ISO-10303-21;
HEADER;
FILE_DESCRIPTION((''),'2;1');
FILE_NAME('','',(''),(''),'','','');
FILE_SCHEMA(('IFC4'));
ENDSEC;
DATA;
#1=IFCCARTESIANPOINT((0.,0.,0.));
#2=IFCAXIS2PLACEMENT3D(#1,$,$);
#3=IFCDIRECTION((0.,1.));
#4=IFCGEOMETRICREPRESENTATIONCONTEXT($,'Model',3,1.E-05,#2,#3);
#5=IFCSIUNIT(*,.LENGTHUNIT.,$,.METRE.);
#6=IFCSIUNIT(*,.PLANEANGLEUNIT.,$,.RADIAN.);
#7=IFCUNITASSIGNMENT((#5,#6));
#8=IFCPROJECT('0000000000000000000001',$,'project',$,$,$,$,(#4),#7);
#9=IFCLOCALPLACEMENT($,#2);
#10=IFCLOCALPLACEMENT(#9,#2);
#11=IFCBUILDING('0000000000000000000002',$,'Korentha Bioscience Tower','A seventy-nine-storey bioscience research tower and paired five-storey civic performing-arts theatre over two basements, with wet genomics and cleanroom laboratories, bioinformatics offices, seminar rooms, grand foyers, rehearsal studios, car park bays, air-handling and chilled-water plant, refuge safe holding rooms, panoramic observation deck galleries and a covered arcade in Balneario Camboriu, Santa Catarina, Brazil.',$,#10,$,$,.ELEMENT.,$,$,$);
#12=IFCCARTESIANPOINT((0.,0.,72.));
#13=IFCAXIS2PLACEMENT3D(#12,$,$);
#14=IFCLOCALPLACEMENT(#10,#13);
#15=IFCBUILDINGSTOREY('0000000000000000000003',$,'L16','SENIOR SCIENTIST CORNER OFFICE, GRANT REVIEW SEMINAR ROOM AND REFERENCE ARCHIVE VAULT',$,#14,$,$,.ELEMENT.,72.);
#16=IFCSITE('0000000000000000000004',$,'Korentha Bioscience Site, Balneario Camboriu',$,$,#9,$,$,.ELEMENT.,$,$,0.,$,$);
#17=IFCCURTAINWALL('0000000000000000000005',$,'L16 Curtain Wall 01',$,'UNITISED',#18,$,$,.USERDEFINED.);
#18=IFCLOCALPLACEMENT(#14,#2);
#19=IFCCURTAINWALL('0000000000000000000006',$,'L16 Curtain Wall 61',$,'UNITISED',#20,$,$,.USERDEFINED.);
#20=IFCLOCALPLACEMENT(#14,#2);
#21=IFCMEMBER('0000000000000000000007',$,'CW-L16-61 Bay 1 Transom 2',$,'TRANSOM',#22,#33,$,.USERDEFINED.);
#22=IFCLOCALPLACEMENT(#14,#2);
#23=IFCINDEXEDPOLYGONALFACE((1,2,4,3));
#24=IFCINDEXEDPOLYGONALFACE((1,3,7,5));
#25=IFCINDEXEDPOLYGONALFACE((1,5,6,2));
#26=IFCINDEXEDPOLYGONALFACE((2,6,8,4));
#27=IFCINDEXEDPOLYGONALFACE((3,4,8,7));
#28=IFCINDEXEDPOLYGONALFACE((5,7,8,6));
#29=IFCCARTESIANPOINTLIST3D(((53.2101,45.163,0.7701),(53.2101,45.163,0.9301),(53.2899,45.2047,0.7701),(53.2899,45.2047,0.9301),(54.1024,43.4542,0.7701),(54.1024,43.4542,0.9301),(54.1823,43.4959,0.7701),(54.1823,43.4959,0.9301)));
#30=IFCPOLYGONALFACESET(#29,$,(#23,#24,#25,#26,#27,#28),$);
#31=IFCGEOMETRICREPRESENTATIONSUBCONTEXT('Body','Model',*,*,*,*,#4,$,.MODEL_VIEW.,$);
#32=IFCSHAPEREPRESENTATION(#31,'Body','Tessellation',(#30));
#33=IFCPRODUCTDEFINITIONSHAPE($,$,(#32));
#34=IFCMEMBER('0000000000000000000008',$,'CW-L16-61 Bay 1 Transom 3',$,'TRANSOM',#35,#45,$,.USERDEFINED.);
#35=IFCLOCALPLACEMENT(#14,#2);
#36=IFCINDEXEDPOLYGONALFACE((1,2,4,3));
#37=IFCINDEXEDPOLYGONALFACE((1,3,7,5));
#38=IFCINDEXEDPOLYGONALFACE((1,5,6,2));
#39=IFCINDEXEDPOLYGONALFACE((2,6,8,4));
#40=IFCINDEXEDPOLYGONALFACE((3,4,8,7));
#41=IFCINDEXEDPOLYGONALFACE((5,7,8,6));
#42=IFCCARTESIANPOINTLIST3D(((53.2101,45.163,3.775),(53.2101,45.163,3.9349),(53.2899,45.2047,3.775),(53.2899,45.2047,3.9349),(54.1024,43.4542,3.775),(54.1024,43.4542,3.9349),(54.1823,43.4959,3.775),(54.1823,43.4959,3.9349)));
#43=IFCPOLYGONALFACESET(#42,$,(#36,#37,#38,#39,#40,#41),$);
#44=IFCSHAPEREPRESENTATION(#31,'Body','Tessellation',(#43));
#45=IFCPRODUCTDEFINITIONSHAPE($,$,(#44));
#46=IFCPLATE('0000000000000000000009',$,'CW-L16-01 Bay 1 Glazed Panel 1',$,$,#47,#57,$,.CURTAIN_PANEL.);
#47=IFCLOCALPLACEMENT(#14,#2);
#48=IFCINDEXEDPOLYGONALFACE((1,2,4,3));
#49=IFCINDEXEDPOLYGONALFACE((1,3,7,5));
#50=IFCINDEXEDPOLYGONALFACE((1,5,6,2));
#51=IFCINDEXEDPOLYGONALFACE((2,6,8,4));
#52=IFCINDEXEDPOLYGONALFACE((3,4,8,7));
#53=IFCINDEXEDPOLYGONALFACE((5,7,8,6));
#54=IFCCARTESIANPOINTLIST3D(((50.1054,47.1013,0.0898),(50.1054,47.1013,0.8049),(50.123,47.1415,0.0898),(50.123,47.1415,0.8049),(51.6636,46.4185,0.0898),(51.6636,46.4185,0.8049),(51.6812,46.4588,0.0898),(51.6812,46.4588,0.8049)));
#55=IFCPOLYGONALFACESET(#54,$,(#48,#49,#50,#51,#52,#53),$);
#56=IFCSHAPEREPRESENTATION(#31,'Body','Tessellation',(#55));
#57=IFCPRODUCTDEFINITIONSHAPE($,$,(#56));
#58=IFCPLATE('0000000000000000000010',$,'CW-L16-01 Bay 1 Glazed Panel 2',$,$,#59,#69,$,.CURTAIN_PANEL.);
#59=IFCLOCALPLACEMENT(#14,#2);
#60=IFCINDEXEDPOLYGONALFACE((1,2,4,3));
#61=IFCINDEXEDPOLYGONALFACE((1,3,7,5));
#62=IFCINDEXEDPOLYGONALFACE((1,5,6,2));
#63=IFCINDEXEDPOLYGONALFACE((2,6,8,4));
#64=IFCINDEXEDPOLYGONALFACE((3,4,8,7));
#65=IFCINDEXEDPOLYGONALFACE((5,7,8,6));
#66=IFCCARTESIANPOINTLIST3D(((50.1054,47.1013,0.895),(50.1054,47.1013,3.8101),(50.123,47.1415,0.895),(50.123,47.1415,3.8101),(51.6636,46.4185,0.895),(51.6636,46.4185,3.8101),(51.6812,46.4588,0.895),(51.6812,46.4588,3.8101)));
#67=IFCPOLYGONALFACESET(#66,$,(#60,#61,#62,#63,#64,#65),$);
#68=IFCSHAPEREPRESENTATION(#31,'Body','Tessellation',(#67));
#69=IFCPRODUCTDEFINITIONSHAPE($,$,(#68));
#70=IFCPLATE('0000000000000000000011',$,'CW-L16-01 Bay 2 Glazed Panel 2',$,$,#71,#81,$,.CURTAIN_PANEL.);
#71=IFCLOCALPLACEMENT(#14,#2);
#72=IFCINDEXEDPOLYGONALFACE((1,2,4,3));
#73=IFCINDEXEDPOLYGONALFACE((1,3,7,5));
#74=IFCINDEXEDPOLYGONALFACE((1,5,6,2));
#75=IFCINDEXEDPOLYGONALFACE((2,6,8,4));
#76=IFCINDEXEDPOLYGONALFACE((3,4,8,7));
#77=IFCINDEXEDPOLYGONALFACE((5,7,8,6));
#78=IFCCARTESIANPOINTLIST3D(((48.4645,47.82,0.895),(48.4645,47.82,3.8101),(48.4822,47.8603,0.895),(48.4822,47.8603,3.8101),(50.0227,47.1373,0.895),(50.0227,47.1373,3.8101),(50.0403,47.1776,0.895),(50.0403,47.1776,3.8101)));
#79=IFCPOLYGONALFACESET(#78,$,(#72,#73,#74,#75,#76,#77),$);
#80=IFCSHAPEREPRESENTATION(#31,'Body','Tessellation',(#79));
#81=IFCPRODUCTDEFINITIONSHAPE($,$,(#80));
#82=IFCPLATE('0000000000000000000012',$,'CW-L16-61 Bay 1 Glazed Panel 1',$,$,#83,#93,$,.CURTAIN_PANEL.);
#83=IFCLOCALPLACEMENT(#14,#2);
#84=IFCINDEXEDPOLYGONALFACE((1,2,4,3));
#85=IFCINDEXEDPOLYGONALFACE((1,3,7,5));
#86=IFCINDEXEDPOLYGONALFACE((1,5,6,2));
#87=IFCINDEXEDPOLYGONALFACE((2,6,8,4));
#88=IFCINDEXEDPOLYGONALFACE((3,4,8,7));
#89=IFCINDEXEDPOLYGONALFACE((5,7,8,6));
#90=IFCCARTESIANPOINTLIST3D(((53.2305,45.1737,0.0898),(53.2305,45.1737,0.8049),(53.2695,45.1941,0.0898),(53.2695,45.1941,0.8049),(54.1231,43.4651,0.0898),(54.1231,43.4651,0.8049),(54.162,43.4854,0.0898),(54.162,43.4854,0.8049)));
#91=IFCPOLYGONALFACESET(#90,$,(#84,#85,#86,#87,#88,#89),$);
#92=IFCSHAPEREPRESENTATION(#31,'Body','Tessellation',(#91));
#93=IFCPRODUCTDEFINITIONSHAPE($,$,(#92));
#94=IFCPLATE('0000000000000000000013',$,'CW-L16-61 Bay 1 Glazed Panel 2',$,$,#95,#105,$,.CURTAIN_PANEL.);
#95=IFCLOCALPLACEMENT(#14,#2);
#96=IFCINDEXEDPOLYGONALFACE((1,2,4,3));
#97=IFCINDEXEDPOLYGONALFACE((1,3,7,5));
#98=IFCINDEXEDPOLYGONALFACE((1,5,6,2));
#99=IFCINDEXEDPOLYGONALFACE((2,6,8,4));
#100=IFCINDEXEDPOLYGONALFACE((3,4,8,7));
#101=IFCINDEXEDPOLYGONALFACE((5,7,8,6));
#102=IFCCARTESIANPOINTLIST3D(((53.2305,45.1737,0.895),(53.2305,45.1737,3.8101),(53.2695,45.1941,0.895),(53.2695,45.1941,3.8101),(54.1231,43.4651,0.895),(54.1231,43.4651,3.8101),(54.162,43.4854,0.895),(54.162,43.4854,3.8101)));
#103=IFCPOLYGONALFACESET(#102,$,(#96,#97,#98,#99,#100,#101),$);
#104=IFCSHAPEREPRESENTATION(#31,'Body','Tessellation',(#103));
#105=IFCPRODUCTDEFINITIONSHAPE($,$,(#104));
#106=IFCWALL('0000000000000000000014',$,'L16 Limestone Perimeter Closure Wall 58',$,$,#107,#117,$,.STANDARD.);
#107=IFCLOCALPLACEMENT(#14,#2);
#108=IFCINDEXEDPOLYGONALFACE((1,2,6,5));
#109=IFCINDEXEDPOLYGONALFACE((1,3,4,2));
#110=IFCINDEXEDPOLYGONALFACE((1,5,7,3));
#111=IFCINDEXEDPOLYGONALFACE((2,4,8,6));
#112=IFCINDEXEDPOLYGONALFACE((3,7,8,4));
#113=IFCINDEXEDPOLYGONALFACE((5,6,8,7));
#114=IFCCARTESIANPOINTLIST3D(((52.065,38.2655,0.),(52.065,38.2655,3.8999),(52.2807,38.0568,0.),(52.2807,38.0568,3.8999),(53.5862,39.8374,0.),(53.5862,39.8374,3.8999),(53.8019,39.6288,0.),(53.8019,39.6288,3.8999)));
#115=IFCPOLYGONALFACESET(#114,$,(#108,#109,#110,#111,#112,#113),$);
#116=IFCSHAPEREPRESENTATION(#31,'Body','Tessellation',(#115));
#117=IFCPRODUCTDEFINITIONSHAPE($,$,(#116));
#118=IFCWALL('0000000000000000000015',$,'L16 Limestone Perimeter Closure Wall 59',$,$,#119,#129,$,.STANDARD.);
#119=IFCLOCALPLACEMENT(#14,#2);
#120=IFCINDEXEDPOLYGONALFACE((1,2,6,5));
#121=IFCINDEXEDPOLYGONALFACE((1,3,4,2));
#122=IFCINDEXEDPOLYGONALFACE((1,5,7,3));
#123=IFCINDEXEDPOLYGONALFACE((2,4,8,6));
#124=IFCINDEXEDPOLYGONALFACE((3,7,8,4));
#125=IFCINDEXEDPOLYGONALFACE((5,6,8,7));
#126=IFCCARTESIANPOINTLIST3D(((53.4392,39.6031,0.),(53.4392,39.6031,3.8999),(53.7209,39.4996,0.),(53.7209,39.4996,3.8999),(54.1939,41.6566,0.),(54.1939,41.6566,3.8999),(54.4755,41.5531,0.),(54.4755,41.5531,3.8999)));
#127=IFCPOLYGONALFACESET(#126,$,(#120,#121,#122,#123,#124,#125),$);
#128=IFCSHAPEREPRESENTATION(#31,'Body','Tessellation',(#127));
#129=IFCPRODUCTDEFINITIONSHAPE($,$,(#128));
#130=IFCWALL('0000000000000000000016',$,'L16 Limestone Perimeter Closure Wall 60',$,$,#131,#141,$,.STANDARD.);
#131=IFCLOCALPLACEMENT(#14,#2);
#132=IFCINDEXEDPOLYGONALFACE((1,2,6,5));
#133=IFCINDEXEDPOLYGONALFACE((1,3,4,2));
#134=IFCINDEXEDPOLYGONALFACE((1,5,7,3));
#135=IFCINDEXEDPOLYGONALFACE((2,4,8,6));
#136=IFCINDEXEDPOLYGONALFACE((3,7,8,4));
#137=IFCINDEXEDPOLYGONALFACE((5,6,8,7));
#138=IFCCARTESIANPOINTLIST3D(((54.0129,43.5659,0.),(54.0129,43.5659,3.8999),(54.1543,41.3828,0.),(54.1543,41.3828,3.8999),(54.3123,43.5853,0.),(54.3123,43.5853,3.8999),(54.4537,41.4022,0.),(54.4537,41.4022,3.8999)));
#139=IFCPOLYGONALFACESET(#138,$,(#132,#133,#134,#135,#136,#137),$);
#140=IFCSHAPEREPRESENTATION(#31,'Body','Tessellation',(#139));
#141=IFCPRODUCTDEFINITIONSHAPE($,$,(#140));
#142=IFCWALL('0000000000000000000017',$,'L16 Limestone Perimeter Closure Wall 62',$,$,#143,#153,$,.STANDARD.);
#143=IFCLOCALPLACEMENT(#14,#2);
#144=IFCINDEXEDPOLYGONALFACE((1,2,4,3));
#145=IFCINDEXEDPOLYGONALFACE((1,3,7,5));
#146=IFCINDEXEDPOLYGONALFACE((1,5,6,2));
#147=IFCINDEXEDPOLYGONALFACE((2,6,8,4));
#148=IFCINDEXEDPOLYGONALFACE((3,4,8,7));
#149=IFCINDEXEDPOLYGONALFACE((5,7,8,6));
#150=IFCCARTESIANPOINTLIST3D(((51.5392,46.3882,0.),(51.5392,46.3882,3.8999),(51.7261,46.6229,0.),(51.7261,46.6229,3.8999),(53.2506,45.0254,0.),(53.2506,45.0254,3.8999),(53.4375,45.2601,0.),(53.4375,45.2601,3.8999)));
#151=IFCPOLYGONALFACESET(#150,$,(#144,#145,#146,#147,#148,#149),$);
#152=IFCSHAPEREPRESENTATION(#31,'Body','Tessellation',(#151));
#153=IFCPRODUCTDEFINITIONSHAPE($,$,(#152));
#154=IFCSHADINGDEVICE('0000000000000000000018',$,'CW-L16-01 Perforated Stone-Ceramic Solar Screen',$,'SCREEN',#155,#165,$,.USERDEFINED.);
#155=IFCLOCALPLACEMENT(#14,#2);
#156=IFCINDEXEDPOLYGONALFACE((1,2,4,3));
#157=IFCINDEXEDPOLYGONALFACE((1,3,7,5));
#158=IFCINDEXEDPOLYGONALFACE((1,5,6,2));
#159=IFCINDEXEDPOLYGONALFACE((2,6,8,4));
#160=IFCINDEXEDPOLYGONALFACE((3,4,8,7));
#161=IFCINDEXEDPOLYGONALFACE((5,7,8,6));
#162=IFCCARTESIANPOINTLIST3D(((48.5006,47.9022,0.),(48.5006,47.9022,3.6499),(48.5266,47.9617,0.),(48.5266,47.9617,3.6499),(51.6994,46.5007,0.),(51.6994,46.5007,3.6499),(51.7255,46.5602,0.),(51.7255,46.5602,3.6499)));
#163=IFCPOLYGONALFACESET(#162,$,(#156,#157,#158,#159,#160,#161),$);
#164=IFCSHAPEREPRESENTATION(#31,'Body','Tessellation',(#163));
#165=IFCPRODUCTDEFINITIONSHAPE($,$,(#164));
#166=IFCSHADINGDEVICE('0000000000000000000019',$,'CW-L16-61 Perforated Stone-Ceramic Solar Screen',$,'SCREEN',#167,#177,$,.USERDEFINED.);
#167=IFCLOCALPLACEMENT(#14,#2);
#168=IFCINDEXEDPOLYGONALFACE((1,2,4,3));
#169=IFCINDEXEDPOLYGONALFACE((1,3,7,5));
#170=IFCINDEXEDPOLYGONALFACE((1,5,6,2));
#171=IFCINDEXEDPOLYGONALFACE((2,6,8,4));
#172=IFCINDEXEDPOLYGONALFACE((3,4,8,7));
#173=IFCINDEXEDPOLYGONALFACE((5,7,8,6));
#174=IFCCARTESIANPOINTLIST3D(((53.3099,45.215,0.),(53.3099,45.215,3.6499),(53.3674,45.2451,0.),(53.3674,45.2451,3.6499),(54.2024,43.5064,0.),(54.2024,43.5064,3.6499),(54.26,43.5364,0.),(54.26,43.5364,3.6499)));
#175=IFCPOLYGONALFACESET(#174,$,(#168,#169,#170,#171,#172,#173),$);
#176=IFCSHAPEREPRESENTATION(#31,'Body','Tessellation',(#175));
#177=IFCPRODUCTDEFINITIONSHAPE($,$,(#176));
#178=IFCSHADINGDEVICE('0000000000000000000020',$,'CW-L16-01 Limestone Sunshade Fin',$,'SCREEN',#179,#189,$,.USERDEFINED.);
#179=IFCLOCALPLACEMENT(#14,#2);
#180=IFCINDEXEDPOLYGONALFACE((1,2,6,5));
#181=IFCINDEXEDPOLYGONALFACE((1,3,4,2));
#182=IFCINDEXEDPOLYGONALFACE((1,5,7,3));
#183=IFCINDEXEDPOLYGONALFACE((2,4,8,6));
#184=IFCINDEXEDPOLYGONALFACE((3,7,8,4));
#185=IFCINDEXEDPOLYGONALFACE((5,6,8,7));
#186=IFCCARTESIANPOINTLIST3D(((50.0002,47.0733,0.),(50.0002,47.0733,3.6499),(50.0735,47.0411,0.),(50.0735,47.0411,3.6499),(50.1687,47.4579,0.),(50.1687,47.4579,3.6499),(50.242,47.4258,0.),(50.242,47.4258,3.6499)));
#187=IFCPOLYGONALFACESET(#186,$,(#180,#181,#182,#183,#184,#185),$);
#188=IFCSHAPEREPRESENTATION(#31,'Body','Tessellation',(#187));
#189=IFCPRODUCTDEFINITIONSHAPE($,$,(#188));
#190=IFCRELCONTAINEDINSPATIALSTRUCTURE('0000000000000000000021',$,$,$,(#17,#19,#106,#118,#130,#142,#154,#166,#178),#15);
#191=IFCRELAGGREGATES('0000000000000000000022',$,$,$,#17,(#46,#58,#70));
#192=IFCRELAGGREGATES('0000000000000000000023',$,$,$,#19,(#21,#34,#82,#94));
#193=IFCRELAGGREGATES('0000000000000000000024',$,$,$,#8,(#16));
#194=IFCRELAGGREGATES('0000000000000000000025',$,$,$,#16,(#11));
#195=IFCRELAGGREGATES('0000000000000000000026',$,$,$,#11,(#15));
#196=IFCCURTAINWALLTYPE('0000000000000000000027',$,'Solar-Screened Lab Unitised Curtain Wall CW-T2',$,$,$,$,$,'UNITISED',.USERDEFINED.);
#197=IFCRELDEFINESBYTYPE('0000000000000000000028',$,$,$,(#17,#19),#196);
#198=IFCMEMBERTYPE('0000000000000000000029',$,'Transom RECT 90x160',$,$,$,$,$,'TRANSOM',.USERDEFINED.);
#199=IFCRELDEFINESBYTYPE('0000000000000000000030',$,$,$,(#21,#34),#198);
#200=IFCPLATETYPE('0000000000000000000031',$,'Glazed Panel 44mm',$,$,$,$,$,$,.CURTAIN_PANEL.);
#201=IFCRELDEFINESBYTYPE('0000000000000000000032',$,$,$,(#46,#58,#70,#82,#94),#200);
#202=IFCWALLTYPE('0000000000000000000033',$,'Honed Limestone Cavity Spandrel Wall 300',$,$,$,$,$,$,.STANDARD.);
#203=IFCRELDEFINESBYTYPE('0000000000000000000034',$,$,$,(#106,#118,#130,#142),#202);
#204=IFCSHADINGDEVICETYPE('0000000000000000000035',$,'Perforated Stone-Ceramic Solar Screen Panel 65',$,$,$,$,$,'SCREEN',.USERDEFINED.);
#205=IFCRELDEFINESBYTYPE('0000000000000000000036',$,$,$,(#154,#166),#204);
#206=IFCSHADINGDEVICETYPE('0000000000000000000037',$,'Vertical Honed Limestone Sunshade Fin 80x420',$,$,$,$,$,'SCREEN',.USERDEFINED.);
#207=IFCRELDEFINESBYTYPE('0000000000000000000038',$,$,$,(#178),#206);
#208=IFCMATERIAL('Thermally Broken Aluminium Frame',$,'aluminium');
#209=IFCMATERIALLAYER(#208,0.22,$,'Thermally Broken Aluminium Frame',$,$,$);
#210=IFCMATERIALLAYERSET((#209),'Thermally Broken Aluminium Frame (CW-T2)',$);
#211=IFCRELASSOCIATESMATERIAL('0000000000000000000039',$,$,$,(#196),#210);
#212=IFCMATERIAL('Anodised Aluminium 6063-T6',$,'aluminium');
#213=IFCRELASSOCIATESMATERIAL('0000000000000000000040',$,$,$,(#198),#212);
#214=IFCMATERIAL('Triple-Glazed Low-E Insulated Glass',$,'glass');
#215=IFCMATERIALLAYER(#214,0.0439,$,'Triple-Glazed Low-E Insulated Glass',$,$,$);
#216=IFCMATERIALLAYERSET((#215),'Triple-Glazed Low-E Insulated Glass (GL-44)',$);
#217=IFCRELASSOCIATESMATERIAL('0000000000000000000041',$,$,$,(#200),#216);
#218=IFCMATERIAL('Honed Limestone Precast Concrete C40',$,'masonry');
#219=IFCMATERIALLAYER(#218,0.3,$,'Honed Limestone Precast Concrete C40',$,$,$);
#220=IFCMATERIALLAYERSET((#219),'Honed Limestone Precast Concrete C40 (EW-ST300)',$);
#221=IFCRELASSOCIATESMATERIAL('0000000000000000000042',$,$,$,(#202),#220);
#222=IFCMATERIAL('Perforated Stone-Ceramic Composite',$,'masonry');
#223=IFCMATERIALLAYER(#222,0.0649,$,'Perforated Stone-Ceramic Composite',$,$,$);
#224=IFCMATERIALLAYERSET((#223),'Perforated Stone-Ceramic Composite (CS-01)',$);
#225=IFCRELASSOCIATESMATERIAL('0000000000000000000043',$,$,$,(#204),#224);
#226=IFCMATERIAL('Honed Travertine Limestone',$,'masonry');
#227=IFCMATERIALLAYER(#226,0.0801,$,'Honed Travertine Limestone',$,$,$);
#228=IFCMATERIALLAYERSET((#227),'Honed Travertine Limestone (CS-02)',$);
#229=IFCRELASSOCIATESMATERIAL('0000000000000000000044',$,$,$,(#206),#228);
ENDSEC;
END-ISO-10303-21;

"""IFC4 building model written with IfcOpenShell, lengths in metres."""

from ifc_helpers import new_model, si_unit, direction, frame, frame_2d, origin, origin_2d, place, context, subcontext, project, spatial, rectangle, extrude, material, layer, layer_set, material_profile, profile_set, type_object, element, aggregate, save


model = new_model("IFC4")

# Units and contexts
model_context = context("Model", 3, precision=1e-05, world=origin(), true_north=direction((0.0, 1.0)))
body_context = subcontext(model_context, "Body", "Model", "MODEL_VIEW")
ifc_project = project(units=[si_unit("LENGTHUNIT", "METRE"), si_unit("PLANEANGLEUNIT", "RADIAN")], contexts=[model_context])

# Site, building, storey
site_placement = place(None, origin())
site = spatial("IfcSite", under=ifc_project, at=site_placement, Name="Korentha Bioscience Site, Balneario Camboriu", CompositionType="ELEMENT", RefElevation=0.0)
building_placement = place(site_placement, origin())
building = spatial("IfcBuilding", under=site, at=building_placement, Name="Korentha Bioscience Tower", Description="A seventy-nine-storey bioscience research tower and paired five-storey civic performing-arts theatre over two basements, with wet genomics and cleanroom laboratories, bioinformatics offices, seminar rooms, grand foyers, rehearsal studios, car park bays, air-handling and chilled-water plant, refuge safe holding rooms, panoramic observation deck galleries and a covered arcade in Balneario Camboriu, Santa Catarina, Brazil.", CompositionType="ELEMENT")
storey_placement = place(building_placement, frame((0.0, 0.0, 72.0)))
storey = spatial("IfcBuildingStorey", under=building, at=storey_placement, Name="L16", Description="SENIOR SCIENTIST CORNER OFFICE, GRANT REVIEW SEMINAR ROOM AND REFERENCE ARCHIVE VAULT", CompositionType="ELEMENT", Elevation=72.0)

# Curtain walls
ifc_material_1 = material(Name="Thermally Broken Aluminium Frame", Category="aluminium")
ifc_layer_1 = layer(ifc_material_1, 0.22, Name="Thermally Broken Aluminium Frame")
ifc_layer_set_1 = layer_set([ifc_layer_1], Name="Thermally Broken Aluminium Frame (CW-T2)")
curtain_wall_type = type_object("IfcCurtainWallType", Name="Solar-Screened Lab Unitised Curtain Wall CW-T2", ElementType="UNITISED", PredefinedType="USERDEFINED", material=ifc_layer_set_1)
curtain_wall_1_placement = place(storey_placement, origin())
curtain_wall_1 = element("IfcCurtainWall", 1, at=curtain_wall_1_placement, inside=storey, type_object=curtain_wall_type, Name="L16 Curtain Wall 01", ObjectType="UNITISED", PredefinedType="USERDEFINED")
ifc_material_2 = material(Name="Anodised Aluminium 6063-T6", Category="aluminium")
curtain_wall_2_placement = place(storey_placement, origin())
curtain_wall_2 = element("IfcCurtainWall", 2, at=curtain_wall_2_placement, inside=storey, type_object=curtain_wall_type, Name="L16 Curtain Wall 61", ObjectType="UNITISED", PredefinedType="USERDEFINED")

# Members
ifc_material_profile_1 = material_profile(ifc_material_2, rectangle(XDim=0.0901, YDim=0.1599, at=origin_2d()), Name="Anodised Aluminium 6063-T6")
ifc_profile_set_1 = profile_set([ifc_material_profile_1], Name="Anodised Aluminium 6063-T6 (CW-TRN)")
member_type_1 = type_object("IfcMemberType", Name="Transom RECT 90x160", ElementType="TRANSOM", PredefinedType="USERDEFINED", material=ifc_profile_set_1)
member_1_placement = place(storey_placement, frame((54.1423, 43.4751, 0.8501), z_axis=(-0.462899, 0.886411, 0.0), x_axis=(-0.886411, -0.462899, 0.0)))
member_1 = element("IfcMember", 3, at=member_1_placement, type_object=member_type_1, Name="CW-L16-61 Bay 1 Transom 2", ObjectType="TRANSOM", PredefinedType="USERDEFINED", context=body_context, shape_type="SweptSolid", body=[
    extrude(rectangle(XDim=0.0901, YDim=0.1599, at=origin_2d()), origin(), (0.0, 0.0, 1.0), 1.9277),
])
member_2_placement = place(storey_placement, frame((54.1423, 43.4751, 3.855), z_axis=(-0.462899, 0.886411, 0.0), x_axis=(-0.886411, -0.462899, 0.0)))
member_2 = element("IfcMember", 4, at=member_2_placement, type_object=member_type_1, Name="CW-L16-61 Bay 1 Transom 3", ObjectType="TRANSOM", PredefinedType="USERDEFINED", context=body_context, shape_type="SweptSolid", body=[
    extrude(rectangle(XDim=0.0901, YDim=0.1599, at=origin_2d()), origin(), (0.0, 0.0, 1.0), 1.9277),
])

# Plates
ifc_material_3 = material(Name="Triple-Glazed Low-E Insulated Glass", Category="glass")
ifc_layer_2 = layer(ifc_material_3, 0.0439, Name="Triple-Glazed Low-E Insulated Glass")
ifc_layer_set_2 = layer_set([ifc_layer_2], Name="Triple-Glazed Low-E Insulated Glass (GL-44)")
plate_type = type_object("IfcPlateType", Name="Glazed Panel 44mm", PredefinedType="CURTAIN_PANEL", material=ifc_layer_set_2)
plate_1_placement = place(storey_placement, frame((50.8933, 46.78, 0.0898), z_axis=(0.0, 0.0, 1.0), x_axis=(-0.915939, 0.401317, 0.0)))
plate_1 = element("IfcPlate", 5, at=plate_1_placement, type_object=plate_type, Name="CW-L16-01 Bay 1 Glazed Panel 1", PredefinedType="CURTAIN_PANEL", context=body_context, shape_type="SweptSolid", body=[
    extrude(rectangle(XDim=1.7012, YDim=0.0439, at=origin_2d()), origin(), (0.0, 0.0, 1.0), 0.7151),
])
plate_2_placement = place(storey_placement, frame((50.8933, 46.78, 0.895), z_axis=(0.0, 0.0, 1.0), x_axis=(-0.915939, 0.401317, 0.0)))
plate_2 = element("IfcPlate", 6, at=plate_2_placement, type_object=plate_type, Name="CW-L16-01 Bay 1 Glazed Panel 2", PredefinedType="CURTAIN_PANEL", context=body_context, shape_type="SweptSolid", body=[
    extrude(rectangle(XDim=1.7012, YDim=0.0439, at=origin_2d()), origin(), (0.0, 0.0, 1.0), 2.915),
])
plate_3_placement = place(storey_placement, frame((49.2524, 47.4988, 0.895), z_axis=(0.0, 0.0, 1.0), x_axis=(-0.915939, 0.401317, 0.0)))
plate_3 = element("IfcPlate", 7, at=plate_3_placement, type_object=plate_type, Name="CW-L16-01 Bay 2 Glazed Panel 2", PredefinedType="CURTAIN_PANEL", context=body_context, shape_type="SweptSolid", body=[
    extrude(rectangle(XDim=1.7012, YDim=0.0439, at=origin_2d()), origin(), (0.0, 0.0, 1.0), 2.915),
])
aggregate(curtain_wall_1, [plate_1, plate_2, plate_3])
plate_4_placement = place(storey_placement, frame((53.6963, 44.3296, 0.0898), z_axis=(0.0, 0.0, 1.0), x_axis=(-0.463009, 0.886354, 0.0)))
plate_4 = element("IfcPlate", 8, at=plate_4_placement, type_object=plate_type, Name="CW-L16-61 Bay 1 Glazed Panel 1", PredefinedType="CURTAIN_PANEL", context=body_context, shape_type="SweptSolid", body=[
    extrude(rectangle(XDim=1.9277, YDim=0.0439, at=origin_2d()), origin(), (0.0, 0.0, 1.0), 0.7151),
])
plate_5_placement = place(storey_placement, frame((53.6963, 44.3296, 0.895), z_axis=(0.0, 0.0, 1.0), x_axis=(-0.463009, 0.886354, 0.0)))
plate_5 = element("IfcPlate", 9, at=plate_5_placement, type_object=plate_type, Name="CW-L16-61 Bay 1 Glazed Panel 2", PredefinedType="CURTAIN_PANEL", context=body_context, shape_type="SweptSolid", body=[
    extrude(rectangle(XDim=1.9277, YDim=0.0439, at=origin_2d()), origin(), (0.0, 0.0, 1.0), 2.915),
])
aggregate(curtain_wall_2, [member_1, member_2, plate_4, plate_5])

# Walls
ifc_material_4 = material(Name="Honed Limestone Precast Concrete C40", Category="masonry")
ifc_layer_3 = layer(ifc_material_4, 0.3, Name="Honed Limestone Precast Concrete C40")
ifc_layer_set_3 = layer_set([ifc_layer_3], Name="Honed Limestone Precast Concrete C40 (EW-ST300)")
wall_type = type_object("IfcWallType", Name="Honed Limestone Cavity Spandrel Wall 300", PredefinedType="STANDARD", material=ifc_layer_set_3)
wall_placement = place(storey_placement, frame((52.1729, 38.1611, 0.0), z_axis=(0.0, 0.0, 1.0), x_axis=(0.695405, 0.718618, 0.0)))
element("IfcWall", 10, at=wall_placement, inside=storey, type_object=wall_type, Name="L16 Limestone Perimeter Closure Wall 58", PredefinedType="STANDARD", context=body_context, shape_type="SweptSolid", body=[
    extrude(rectangle(XDim=2.1875, YDim=0.3, at=frame_2d((1.0938, 0.0))), origin(), (0.0, 0.0, 1.0), 3.8999),
])
for number, where, z_axis, x_axis, name in (
    (11, (53.5801, 39.5515, 0.0), (0.0, 0.0, 1.0), (0.34494, 0.938625, 0.0), "L16 Limestone Perimeter Closure Wall 59"),
    (12, (54.304, 41.3926, 0.0), (0.0, 0.0, 1.0), (-0.064615, 0.99791, 0.0), "L16 Limestone Perimeter Closure Wall 60"),
    (13, (53.344, 45.1428, 0.0), (0.0, 0.0, 1.0), (-0.782282, 0.622924, 0.0), "L16 Limestone Perimeter Closure Wall 62"),
):
    element("IfcWall", number, at=place(storey_placement, frame(where, z_axis=z_axis, x_axis=x_axis)), inside=storey, type_object=wall_type, Name=name, PredefinedType="STANDARD", context=body_context, shape_type="SweptSolid", body=[
        extrude(rectangle(XDim=2.1877, YDim=0.3, at=frame_2d((1.0938, 0.0))), origin(), (0.0, 0.0, 1.0), 3.8999),
    ])

# Shading devices
ifc_material_5 = material(Name="Perforated Stone-Ceramic Composite", Category="masonry")
ifc_layer_4 = layer(ifc_material_5, 0.0649, Name="Perforated Stone-Ceramic Composite")
ifc_layer_set_4 = layer_set([ifc_layer_4], Name="Perforated Stone-Ceramic Composite (CS-01)")
shading_device_type_1 = type_object("IfcShadingDeviceType", Name="Perforated Stone-Ceramic Solar Screen Panel 65", ElementType="SCREEN", PredefinedType="USERDEFINED", material=ifc_layer_set_4)
shading_device_1_placement = place(storey_placement, frame((50.113, 47.2312, 0.0), z_axis=(0.0, 0.0, 1.0), x_axis=(-0.915939, 0.401317, 0.0)))
element("IfcShadingDevice", 14, at=shading_device_1_placement, inside=storey, type_object=shading_device_type_1, Name="CW-L16-01 Perforated Stone-Ceramic Solar Screen", ObjectType="SCREEN", PredefinedType="USERDEFINED", context=body_context, shape_type="SweptSolid", body=[
    extrude(rectangle(XDim=3.4924, YDim=0.0649, at=origin_2d()), origin(), (0.0, 0.0, 1.0), 3.6499),
])
shading_device_2_placement = place(storey_placement, frame((53.7849, 44.3757, 0.0), z_axis=(0.0, 0.0, 1.0), x_axis=(-0.463009, 0.886354, 0.0)))
element("IfcShadingDevice", 15, at=shading_device_2_placement, inside=storey, type_object=shading_device_type_1, Name="CW-L16-61 Perforated Stone-Ceramic Solar Screen", ObjectType="SCREEN", PredefinedType="USERDEFINED", context=body_context, shape_type="SweptSolid", body=[
    extrude(rectangle(XDim=1.9277, YDim=0.0649, at=origin_2d()), origin(), (0.0, 0.0, 1.0), 3.6499),
])
ifc_material_6 = material(Name="Honed Travertine Limestone", Category="masonry")
ifc_layer_5 = layer(ifc_material_6, 0.0801, Name="Honed Travertine Limestone")
ifc_layer_set_5 = layer_set([ifc_layer_5], Name="Honed Travertine Limestone (CS-02)")
shading_device_type_2 = type_object("IfcShadingDeviceType", Name="Vertical Honed Limestone Sunshade Fin 80x420", ElementType="SCREEN", PredefinedType="USERDEFINED", material=ifc_layer_set_5)
for number, where, z_axis, x_axis, name in (
    (16, (50.1211, 47.2495, 0.0), (0.0, 0.0, 1.0), (-0.915939, 0.401317, 0.0), "CW-L16-01 Limestone Sunshade Fin"),
):
    element("IfcShadingDevice", number, at=place(storey_placement, frame(where, z_axis=z_axis, x_axis=x_axis)), inside=storey, type_object=shading_device_type_2, Name=name, ObjectType="SCREEN", PredefinedType="USERDEFINED", context=body_context, shape_type="SweptSolid", body=[
        extrude(rectangle(XDim=0.0801, YDim=0.4199, at=origin_2d()), origin(), (0.0, 0.0, 1.0), 3.6499),
    ])

save(model, "model.ifc")
